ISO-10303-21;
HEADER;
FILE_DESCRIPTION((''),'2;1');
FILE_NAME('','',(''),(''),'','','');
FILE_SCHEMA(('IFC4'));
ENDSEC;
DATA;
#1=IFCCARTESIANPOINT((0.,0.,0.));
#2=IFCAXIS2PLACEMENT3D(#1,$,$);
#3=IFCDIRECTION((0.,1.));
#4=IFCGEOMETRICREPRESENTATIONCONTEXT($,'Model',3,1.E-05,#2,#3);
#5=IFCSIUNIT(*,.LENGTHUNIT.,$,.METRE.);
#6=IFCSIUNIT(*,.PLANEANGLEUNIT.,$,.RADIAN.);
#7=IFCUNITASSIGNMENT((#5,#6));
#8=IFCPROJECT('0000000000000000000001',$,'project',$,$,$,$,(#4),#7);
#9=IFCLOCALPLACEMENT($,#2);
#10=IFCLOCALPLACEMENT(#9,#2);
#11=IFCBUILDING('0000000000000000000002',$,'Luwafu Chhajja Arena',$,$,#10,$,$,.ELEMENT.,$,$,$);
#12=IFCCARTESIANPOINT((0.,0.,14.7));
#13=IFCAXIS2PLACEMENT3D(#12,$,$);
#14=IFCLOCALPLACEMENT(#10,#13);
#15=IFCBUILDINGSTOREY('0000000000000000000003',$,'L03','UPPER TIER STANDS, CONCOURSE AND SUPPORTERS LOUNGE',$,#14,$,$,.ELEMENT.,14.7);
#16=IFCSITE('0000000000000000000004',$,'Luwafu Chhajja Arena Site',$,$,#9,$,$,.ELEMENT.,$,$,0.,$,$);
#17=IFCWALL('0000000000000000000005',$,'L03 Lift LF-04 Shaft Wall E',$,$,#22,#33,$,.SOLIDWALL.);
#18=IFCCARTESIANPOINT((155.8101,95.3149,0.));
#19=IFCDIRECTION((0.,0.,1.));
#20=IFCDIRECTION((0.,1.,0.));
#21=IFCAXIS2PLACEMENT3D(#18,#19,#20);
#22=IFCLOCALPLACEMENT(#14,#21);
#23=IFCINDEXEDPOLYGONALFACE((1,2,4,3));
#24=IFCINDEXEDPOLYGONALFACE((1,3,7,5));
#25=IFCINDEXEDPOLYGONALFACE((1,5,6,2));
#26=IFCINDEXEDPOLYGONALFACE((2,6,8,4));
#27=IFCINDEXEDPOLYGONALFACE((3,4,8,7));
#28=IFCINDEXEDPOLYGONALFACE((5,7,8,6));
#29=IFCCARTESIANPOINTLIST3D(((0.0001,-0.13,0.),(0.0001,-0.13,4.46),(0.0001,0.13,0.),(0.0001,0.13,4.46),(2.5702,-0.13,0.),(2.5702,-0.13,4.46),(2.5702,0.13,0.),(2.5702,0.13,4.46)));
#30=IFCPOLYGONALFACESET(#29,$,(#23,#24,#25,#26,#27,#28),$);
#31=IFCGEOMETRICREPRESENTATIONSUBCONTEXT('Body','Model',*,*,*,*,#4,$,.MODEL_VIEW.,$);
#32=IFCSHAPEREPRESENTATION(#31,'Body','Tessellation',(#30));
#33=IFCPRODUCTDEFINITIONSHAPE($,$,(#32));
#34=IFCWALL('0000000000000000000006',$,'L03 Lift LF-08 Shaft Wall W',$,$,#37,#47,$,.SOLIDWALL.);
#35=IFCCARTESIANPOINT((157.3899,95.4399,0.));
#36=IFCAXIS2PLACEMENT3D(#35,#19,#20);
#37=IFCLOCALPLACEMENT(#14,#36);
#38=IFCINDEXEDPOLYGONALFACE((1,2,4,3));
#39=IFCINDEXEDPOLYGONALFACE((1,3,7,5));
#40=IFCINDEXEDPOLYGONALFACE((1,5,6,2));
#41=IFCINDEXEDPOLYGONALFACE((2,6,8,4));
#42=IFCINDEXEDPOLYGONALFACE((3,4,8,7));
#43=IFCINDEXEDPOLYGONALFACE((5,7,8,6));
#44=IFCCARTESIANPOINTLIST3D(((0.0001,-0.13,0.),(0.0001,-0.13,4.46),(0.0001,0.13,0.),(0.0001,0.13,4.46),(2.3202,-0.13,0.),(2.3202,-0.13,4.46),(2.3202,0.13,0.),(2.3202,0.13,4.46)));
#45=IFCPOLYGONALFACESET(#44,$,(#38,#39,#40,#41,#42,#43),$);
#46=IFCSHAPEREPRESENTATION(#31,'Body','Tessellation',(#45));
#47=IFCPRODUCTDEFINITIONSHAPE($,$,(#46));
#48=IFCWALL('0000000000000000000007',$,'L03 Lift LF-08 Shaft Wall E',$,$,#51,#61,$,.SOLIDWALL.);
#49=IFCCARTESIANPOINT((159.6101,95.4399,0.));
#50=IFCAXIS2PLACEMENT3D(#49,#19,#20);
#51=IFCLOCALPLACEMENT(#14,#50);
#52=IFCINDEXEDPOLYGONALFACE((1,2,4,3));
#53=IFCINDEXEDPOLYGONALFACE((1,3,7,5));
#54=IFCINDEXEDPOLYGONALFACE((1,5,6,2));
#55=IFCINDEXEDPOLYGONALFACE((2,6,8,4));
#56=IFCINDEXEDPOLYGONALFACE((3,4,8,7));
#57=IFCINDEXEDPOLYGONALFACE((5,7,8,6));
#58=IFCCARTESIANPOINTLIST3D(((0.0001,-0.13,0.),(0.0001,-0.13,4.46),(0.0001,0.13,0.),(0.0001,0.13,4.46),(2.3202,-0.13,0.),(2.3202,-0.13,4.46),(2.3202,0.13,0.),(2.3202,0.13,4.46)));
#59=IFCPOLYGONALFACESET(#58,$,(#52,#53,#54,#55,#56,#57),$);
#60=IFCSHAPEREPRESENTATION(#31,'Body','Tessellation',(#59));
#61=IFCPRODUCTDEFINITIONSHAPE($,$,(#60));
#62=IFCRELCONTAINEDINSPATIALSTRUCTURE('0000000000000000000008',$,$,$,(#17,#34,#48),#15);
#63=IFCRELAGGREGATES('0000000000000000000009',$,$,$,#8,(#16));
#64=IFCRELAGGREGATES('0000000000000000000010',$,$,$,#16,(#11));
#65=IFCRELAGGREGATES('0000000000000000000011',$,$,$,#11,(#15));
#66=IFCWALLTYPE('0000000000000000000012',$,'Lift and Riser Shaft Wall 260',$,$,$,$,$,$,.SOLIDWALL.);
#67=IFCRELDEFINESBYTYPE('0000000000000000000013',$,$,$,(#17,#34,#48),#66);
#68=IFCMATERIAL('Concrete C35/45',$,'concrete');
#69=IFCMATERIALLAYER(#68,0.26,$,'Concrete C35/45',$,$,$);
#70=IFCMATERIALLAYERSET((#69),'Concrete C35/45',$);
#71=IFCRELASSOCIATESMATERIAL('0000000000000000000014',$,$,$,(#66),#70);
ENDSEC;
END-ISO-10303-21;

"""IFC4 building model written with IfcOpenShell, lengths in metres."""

from ifc_helpers import new_model, si_unit, direction, frame, frame_2d, origin, place, context, subcontext, project, spatial, rectangle, extrude, material, layer, layer_set, type_object, element, save


model = new_model("IFC4")

# Units and contexts
model_context = context("Model", 3, precision=1e-05, world=origin(), true_north=direction((0.0, 1.0)))
body_context = subcontext(model_context, "Body", "Model", "MODEL_VIEW")
ifc_project = project(units=[si_unit("LENGTHUNIT", "METRE"), si_unit("PLANEANGLEUNIT", "RADIAN")], contexts=[model_context])

# Site, building, storey
site_placement = place(None, origin())
site = spatial("IfcSite", under=ifc_project, at=site_placement, Name="Luwafu Chhajja Arena Site", CompositionType="ELEMENT", RefElevation=0.0)
building_placement = place(site_placement, origin())
building = spatial("IfcBuilding", under=site, at=building_placement, Name="Luwafu Chhajja Arena", CompositionType="ELEMENT")
storey_placement = place(building_placement, frame((0.0, 0.0, 14.7)))
storey = spatial("IfcBuildingStorey", under=building, at=storey_placement, Name="L03", Description="UPPER TIER STANDS, CONCOURSE AND SUPPORTERS LOUNGE", CompositionType="ELEMENT", Elevation=14.7)

# Wall
ifc_material_1 = material(Name="Concrete C35/45", Category="concrete")
ifc_layer_1 = layer(ifc_material_1, 0.26, Name="Concrete C35/45")
ifc_layer_set_1 = layer_set([ifc_layer_1], Name="Concrete C35/45")
wall_type_1 = type_object("IfcWallType", Name="Lift and Riser Shaft Wall 260", PredefinedType="SOLIDWALL", material=ifc_layer_set_1)
wall_1_placement = place(storey_placement, frame((155.8101, 95.3149, 0.0), z_axis=(0.0, 0.0, 1.0), x_axis=(0.0, 1.0, 0.0)))
element("IfcWall", 1, at=wall_1_placement, inside=storey, type_object=wall_type_1, Name="L03 Lift LF-04 Shaft Wall E", PredefinedType="SOLIDWALL", context=body_context, shape_type="SweptSolid", body=[
    extrude(rectangle(XDim=2.5701, YDim=0.26, at=frame_2d((1.2852, 0.0))), origin(), (0.0, 0.0, 1.0), 4.46),
])

# Walls
for number, where, z_axis, x_axis, name in (
    (2, (157.3899, 95.4399, 0.0), (0.0, 0.0, 1.0), (0.0, 1.0, 0.0), "L03 Lift LF-08 Shaft Wall W"),
    (3, (159.6101, 95.4399, 0.0), (0.0, 0.0, 1.0), (0.0, 1.0, 0.0), "L03 Lift LF-08 Shaft Wall E"),
):
    element("IfcWall", number, at=place(storey_placement, frame(where, z_axis=z_axis, x_axis=x_axis)), inside=storey, type_object=wall_type_1, Name=name, PredefinedType="SOLIDWALL", context=body_context, shape_type="SweptSolid", body=[
        extrude(rectangle(XDim=2.3201, YDim=0.26, at=frame_2d((1.1602, 0.0))), origin(), (0.0, 0.0, 1.0), 4.46),
    ])

save(model, "model.ifc")
